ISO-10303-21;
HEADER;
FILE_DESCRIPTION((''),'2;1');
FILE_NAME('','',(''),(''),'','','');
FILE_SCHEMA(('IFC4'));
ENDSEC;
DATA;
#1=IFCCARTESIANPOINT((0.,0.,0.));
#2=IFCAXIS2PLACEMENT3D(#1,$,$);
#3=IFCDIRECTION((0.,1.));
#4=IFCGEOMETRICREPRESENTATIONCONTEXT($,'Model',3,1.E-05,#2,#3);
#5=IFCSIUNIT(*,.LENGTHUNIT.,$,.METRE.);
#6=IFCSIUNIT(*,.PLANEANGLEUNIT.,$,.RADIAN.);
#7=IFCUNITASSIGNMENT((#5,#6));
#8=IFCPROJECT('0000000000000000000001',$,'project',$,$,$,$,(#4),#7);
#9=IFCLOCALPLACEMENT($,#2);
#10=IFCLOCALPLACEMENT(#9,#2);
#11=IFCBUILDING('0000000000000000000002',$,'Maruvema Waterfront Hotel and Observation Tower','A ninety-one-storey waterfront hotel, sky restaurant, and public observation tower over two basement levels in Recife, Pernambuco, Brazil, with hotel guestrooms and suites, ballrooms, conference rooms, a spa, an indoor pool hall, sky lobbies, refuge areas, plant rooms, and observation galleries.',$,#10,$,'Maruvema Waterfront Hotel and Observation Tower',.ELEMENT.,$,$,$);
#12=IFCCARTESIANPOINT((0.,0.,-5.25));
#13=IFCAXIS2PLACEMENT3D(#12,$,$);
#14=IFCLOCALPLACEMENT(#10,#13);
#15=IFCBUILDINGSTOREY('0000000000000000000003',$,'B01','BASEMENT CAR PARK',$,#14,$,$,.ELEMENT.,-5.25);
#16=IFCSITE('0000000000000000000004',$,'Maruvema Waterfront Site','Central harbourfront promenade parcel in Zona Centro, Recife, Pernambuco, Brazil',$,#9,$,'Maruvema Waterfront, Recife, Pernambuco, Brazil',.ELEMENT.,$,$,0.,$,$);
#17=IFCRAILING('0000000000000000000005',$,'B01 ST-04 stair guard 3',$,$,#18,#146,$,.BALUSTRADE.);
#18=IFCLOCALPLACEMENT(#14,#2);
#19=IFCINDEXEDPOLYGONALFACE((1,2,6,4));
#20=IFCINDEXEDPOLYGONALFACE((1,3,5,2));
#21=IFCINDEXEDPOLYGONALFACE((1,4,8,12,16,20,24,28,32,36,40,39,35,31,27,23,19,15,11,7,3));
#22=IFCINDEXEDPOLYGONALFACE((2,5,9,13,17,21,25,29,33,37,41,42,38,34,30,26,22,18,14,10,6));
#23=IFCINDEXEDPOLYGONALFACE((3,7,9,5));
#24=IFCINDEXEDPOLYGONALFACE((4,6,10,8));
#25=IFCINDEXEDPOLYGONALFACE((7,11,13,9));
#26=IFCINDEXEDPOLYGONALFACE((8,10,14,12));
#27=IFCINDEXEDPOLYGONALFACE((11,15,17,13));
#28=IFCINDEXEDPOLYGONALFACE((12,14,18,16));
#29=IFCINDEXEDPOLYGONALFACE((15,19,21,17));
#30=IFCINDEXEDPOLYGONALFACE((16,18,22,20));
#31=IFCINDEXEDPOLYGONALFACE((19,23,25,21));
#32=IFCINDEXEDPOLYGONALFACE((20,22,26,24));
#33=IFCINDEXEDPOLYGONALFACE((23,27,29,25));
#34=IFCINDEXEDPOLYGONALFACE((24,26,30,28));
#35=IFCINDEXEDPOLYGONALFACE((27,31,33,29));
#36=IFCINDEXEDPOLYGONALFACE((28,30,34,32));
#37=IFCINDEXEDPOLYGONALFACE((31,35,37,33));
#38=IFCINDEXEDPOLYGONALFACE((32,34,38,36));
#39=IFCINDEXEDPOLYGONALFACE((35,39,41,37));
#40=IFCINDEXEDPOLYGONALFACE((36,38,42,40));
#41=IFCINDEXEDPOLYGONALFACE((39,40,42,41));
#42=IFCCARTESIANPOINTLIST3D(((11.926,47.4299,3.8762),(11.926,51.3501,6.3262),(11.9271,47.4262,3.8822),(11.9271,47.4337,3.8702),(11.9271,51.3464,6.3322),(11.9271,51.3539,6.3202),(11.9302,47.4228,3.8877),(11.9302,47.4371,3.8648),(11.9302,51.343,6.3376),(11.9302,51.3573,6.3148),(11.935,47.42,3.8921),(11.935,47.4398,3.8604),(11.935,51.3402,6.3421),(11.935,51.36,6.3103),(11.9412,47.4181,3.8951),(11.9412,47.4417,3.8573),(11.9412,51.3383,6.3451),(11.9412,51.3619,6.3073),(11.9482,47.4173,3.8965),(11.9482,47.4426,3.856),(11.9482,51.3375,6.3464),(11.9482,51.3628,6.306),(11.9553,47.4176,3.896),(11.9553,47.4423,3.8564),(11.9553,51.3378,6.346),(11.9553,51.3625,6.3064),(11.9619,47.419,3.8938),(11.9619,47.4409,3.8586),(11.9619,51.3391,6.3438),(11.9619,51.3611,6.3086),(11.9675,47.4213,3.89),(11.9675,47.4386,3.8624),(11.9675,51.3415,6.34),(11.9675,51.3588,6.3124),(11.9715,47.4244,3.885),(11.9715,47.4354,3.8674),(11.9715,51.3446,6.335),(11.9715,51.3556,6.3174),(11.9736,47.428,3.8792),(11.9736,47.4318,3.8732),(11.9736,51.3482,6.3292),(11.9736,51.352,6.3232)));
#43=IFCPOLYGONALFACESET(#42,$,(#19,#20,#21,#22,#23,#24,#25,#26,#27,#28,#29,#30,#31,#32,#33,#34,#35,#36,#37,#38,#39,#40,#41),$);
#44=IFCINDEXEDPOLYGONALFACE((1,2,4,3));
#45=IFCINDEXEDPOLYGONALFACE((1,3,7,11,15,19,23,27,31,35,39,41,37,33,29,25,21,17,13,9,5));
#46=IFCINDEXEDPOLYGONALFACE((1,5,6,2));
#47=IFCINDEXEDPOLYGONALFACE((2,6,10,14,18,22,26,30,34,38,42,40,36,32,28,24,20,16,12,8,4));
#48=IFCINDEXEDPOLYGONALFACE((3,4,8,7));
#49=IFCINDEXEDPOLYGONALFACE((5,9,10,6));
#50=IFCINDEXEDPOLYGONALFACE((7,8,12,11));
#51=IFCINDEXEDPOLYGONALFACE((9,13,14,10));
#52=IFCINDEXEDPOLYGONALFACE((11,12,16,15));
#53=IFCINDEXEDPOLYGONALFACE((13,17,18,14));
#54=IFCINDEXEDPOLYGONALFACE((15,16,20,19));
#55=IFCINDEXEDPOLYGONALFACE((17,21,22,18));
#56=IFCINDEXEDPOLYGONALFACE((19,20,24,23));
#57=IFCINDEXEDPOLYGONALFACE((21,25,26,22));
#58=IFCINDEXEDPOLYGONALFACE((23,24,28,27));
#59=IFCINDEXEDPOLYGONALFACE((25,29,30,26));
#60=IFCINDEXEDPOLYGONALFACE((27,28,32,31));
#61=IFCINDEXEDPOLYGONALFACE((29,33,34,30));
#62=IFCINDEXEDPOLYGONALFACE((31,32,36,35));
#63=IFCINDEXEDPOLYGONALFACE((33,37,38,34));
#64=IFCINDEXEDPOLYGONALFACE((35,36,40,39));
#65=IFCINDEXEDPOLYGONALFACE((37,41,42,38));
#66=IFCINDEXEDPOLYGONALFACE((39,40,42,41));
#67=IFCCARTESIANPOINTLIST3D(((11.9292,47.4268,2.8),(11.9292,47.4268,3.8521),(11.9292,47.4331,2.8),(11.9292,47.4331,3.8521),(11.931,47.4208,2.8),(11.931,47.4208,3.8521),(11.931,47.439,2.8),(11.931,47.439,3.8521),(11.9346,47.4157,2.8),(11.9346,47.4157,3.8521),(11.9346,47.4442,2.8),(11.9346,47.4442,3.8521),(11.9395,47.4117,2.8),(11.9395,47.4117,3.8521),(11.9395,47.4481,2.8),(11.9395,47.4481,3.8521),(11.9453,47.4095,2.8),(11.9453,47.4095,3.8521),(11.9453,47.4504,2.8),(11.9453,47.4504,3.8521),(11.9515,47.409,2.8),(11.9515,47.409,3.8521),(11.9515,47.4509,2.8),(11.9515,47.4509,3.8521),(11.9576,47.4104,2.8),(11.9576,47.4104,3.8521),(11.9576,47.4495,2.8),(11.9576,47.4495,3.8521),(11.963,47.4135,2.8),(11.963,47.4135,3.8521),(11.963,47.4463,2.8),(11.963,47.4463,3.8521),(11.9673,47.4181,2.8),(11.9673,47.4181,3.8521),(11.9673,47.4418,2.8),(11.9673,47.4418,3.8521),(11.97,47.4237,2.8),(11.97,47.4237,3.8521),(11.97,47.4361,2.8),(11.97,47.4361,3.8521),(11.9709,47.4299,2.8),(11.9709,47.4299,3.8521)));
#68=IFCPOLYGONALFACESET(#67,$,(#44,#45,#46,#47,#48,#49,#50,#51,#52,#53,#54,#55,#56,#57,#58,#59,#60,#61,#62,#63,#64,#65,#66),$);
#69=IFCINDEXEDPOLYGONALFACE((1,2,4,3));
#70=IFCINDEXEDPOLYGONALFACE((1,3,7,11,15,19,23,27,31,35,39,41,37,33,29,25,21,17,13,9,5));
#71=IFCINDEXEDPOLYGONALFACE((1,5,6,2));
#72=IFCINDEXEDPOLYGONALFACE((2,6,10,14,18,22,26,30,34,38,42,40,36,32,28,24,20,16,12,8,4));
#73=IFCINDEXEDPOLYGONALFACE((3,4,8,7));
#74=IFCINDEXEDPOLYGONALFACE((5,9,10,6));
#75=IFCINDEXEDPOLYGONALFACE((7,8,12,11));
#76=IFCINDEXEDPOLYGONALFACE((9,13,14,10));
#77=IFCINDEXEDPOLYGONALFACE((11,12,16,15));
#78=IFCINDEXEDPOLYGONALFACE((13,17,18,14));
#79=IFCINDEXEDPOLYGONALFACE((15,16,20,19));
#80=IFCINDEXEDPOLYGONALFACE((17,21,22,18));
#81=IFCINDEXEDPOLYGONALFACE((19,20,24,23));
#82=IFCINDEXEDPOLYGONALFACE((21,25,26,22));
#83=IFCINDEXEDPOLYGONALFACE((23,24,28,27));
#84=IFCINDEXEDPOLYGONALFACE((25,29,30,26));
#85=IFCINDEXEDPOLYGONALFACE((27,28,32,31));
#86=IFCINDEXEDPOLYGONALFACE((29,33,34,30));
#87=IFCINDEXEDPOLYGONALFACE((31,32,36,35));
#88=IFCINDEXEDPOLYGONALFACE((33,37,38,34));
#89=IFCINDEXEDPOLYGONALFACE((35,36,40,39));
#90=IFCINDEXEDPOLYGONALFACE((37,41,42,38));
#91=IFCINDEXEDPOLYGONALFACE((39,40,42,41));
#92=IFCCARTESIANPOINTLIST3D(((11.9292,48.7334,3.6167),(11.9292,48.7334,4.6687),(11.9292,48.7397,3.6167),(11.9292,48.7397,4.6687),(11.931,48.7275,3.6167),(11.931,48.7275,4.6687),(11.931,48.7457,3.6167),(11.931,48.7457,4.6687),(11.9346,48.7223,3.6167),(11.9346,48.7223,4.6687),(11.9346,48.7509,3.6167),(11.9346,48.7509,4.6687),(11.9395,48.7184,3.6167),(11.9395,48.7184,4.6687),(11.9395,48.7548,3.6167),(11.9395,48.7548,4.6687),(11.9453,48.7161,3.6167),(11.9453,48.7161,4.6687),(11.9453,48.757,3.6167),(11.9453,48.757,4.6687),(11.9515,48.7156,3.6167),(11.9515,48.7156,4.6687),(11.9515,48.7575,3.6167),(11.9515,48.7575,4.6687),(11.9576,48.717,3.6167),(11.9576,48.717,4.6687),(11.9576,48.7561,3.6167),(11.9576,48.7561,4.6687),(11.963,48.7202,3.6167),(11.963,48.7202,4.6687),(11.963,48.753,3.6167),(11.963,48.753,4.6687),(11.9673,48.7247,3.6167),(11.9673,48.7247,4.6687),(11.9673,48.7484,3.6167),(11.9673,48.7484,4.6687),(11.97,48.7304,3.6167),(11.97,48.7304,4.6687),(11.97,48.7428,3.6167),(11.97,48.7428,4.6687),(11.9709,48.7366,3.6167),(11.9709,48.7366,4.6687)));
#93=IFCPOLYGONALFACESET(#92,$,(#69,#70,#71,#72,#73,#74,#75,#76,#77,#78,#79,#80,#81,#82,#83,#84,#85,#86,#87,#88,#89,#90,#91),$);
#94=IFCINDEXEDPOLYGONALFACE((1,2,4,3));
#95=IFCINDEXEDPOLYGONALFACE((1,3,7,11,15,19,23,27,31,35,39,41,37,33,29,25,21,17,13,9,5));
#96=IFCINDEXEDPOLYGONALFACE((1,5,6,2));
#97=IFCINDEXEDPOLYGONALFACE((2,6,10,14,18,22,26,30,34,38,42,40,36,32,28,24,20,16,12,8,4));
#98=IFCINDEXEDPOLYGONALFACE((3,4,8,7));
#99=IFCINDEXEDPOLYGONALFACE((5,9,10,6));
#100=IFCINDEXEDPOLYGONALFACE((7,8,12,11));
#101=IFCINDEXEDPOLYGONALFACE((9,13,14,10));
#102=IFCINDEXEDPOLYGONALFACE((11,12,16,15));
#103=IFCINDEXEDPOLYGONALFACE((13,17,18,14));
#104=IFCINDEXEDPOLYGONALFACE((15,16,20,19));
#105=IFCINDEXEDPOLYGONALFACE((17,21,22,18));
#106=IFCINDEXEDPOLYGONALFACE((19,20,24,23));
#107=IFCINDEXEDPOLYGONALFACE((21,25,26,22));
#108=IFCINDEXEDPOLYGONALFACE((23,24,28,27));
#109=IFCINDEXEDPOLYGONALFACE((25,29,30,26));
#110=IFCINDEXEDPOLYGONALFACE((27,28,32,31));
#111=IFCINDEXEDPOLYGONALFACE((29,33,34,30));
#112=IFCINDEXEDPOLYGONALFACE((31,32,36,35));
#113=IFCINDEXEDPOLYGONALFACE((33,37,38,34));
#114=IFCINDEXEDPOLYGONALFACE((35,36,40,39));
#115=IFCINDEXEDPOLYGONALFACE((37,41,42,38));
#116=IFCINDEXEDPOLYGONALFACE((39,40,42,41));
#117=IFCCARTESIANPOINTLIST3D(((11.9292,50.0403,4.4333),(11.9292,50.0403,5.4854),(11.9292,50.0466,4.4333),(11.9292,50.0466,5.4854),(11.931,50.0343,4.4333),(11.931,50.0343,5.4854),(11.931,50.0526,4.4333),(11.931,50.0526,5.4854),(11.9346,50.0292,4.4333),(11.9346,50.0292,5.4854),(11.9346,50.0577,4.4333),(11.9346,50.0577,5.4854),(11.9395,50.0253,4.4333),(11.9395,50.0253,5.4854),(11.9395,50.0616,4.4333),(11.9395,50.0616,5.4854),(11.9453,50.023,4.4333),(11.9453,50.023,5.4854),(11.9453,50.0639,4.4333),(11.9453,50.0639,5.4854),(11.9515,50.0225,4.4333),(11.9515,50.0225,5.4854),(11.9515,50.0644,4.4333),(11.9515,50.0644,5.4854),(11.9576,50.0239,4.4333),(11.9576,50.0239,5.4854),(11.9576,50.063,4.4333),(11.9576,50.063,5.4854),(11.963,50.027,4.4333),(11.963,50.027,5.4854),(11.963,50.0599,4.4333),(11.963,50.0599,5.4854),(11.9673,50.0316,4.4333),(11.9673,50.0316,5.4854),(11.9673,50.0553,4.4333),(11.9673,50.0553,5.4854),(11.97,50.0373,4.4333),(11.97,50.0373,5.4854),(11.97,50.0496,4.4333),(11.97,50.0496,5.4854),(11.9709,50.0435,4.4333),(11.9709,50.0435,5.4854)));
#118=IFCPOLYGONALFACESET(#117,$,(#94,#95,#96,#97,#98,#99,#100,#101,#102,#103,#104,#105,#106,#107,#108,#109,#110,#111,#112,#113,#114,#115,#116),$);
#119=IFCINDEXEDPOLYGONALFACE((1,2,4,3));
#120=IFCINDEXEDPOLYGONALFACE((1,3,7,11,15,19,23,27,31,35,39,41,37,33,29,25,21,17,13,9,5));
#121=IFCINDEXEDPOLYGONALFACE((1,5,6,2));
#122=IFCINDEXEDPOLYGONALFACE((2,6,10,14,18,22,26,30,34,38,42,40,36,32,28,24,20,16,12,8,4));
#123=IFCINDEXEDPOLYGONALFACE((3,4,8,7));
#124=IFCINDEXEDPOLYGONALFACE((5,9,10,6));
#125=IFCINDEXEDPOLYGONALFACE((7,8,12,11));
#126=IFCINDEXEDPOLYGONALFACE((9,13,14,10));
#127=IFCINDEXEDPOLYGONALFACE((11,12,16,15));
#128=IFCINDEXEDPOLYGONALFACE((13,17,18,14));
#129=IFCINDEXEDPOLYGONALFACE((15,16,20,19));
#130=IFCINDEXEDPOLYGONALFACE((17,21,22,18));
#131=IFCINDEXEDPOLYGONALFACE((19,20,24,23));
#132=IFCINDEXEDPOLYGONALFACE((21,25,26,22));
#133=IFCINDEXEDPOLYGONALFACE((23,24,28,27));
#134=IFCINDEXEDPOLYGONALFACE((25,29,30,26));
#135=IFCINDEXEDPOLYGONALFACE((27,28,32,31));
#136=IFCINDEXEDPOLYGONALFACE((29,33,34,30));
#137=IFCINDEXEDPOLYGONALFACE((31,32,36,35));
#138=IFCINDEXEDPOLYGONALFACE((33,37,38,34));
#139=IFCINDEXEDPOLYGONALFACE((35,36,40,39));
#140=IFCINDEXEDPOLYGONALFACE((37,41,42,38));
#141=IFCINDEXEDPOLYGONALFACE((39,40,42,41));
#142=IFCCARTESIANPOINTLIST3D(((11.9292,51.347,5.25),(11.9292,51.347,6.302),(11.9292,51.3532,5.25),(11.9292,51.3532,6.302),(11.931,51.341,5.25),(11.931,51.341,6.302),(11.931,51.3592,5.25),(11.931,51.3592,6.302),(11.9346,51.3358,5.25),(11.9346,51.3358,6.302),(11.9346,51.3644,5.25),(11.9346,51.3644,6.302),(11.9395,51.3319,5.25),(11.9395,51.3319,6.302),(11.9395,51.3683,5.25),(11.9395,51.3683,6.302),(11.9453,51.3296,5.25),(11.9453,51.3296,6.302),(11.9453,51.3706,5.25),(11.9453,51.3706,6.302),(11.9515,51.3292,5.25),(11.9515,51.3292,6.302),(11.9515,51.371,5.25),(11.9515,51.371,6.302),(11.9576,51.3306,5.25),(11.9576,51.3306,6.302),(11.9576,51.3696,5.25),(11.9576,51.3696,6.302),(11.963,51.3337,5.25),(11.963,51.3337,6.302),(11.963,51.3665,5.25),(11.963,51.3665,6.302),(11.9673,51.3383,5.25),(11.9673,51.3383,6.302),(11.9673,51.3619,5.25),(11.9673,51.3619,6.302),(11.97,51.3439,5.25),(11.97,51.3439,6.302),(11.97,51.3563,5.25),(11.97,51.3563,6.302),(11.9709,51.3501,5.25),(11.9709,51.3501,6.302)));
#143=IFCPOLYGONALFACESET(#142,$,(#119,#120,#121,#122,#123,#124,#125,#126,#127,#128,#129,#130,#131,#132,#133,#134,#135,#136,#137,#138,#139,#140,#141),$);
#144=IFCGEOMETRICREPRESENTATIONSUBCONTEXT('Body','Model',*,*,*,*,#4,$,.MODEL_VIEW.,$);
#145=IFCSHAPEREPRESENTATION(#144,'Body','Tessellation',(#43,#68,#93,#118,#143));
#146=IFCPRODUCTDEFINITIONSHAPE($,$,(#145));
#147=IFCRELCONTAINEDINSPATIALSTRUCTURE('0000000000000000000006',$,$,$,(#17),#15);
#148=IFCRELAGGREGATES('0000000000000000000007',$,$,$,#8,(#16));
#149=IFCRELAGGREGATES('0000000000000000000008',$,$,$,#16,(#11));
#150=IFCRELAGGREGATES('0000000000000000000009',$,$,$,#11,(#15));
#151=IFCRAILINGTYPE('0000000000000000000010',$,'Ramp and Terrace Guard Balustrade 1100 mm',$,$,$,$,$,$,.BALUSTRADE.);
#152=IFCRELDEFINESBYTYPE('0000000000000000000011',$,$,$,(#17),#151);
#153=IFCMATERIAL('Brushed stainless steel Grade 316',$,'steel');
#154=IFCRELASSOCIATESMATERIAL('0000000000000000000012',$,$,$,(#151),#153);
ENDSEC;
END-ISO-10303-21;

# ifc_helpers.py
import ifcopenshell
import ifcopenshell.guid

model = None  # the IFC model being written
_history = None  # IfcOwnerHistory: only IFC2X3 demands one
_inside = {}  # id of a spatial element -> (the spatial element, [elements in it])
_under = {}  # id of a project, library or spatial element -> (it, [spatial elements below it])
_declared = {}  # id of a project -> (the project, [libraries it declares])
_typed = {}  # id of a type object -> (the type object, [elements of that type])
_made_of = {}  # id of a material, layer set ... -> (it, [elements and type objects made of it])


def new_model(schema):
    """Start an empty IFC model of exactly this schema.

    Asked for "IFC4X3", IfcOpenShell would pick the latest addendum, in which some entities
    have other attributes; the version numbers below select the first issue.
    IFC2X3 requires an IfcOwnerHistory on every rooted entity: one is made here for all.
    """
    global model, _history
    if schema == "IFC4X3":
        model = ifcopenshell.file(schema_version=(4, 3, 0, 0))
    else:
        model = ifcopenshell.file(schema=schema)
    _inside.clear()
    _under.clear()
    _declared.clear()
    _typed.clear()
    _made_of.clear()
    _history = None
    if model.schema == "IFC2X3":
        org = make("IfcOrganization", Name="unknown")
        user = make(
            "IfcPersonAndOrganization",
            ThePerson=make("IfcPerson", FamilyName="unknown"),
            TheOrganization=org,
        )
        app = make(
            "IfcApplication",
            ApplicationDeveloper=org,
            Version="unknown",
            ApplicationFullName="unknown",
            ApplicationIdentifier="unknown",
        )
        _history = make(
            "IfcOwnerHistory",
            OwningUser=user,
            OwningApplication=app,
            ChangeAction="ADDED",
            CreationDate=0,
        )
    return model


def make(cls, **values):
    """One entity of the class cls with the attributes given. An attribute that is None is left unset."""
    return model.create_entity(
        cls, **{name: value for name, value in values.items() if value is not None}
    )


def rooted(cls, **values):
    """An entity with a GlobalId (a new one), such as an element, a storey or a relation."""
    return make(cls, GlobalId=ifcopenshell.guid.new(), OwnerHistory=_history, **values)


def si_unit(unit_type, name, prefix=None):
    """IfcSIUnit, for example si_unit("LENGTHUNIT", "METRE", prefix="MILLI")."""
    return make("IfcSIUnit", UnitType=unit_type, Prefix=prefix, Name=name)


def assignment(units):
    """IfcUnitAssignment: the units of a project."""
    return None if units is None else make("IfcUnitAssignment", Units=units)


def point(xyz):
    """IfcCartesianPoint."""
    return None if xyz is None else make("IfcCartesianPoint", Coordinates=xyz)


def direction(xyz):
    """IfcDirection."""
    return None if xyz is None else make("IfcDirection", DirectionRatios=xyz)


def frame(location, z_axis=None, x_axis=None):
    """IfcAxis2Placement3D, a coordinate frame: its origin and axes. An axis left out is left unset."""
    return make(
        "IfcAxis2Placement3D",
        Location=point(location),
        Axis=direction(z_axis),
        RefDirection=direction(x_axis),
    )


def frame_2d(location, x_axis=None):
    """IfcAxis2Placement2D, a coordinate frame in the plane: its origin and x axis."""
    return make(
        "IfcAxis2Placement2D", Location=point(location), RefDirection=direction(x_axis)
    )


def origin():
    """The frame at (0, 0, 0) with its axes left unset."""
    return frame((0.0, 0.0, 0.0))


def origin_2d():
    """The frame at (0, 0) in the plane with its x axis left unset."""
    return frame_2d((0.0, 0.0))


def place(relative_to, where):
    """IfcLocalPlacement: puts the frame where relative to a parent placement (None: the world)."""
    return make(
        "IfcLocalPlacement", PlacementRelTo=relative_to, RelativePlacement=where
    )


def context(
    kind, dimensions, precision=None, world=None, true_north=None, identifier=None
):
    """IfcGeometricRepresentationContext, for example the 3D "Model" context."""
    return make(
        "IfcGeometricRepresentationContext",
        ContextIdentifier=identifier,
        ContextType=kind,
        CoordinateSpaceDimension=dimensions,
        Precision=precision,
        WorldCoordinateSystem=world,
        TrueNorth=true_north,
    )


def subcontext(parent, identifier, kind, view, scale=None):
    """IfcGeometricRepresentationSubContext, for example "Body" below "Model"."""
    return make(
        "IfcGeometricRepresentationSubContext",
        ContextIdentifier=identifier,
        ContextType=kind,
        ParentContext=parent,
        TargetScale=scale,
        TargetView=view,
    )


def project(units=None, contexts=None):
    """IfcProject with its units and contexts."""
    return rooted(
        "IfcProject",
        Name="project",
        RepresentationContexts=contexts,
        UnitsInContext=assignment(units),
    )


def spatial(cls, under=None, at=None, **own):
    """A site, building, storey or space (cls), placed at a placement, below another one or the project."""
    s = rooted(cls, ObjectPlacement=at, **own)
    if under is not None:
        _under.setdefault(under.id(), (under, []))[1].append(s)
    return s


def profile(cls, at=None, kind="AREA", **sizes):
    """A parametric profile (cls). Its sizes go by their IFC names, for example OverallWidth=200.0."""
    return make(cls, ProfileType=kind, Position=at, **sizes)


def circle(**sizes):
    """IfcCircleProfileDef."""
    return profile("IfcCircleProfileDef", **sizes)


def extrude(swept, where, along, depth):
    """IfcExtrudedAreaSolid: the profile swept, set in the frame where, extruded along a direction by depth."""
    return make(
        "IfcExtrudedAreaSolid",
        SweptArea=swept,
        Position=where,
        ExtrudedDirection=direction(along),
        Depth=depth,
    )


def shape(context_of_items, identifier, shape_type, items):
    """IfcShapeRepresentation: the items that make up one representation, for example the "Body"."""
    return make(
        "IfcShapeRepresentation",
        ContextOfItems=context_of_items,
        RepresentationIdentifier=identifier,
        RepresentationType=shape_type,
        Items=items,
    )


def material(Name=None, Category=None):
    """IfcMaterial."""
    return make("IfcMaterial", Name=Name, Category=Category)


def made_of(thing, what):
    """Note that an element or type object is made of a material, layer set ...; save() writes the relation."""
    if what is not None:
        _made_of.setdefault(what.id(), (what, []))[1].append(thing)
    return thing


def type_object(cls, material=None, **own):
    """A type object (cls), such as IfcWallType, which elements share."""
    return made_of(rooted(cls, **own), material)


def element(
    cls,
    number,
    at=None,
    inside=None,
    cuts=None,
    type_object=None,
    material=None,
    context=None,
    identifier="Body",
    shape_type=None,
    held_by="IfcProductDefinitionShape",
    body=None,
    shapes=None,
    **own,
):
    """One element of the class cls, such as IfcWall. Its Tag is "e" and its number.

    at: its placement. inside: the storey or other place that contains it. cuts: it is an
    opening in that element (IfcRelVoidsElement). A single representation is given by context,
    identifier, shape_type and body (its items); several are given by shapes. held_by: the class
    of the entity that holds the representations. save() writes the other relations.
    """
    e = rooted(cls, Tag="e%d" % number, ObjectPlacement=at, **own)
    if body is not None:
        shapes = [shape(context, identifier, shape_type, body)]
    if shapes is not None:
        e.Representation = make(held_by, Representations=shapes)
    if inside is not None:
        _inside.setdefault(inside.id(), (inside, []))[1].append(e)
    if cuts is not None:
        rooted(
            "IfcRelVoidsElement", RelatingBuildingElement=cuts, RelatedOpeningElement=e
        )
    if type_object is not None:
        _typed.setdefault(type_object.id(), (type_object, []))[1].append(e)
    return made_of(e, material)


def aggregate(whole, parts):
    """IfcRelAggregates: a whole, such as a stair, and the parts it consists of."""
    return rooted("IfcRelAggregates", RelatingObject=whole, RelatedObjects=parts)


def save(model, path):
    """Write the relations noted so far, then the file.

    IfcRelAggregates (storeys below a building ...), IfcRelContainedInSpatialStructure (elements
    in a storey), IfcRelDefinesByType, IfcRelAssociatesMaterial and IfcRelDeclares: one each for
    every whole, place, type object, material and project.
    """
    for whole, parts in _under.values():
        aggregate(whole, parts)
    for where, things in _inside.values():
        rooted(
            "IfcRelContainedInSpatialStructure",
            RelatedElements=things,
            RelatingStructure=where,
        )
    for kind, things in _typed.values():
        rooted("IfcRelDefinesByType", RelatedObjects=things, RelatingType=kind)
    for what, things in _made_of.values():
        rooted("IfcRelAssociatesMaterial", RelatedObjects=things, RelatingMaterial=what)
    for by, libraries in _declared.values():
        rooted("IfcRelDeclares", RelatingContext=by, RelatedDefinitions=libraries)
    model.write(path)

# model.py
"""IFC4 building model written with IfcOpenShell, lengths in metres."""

from ifc_helpers import new_model, si_unit, direction, frame, origin, origin_2d, place, context, subcontext, project, spatial, circle, extrude, material, type_object, element, save


model = new_model("IFC4")

# Units and contexts
model_context = context("Model", 3, precision=1e-05, world=origin(), true_north=direction((0.0, 1.0)))
body_context = subcontext(model_context, "Body", "Model", "MODEL_VIEW")
ifc_project = project(units=[si_unit("LENGTHUNIT", "METRE"), si_unit("PLANEANGLEUNIT", "RADIAN")], contexts=[model_context])

# Site, building, storey
site_placement = place(None, origin())
site = spatial("IfcSite", under=ifc_project, at=site_placement, Name="Maruvema Waterfront Site", Description="Central harbourfront promenade parcel in Zona Centro, Recife, Pernambuco, Brazil", LongName="Maruvema Waterfront, Recife, Pernambuco, Brazil", CompositionType="ELEMENT", RefElevation=0.0)
building_placement = place(site_placement, origin())
building = spatial("IfcBuilding", under=site, at=building_placement, Name="Maruvema Waterfront Hotel and Observation Tower", Description="A ninety-one-storey waterfront hotel, sky restaurant, and public observation tower over two basement levels in Recife, Pernambuco, Brazil, with hotel guestrooms and suites, ballrooms, conference rooms, a spa, an indoor pool hall, sky lobbies, refuge areas, plant rooms, and observation galleries.", LongName="Maruvema Waterfront Hotel and Observation Tower", CompositionType="ELEMENT")
storey_placement = place(building_placement, frame((0.0, 0.0, -5.25)))
storey = spatial("IfcBuildingStorey", under=building, at=storey_placement, Name="B01", Description="BASEMENT CAR PARK", CompositionType="ELEMENT", Elevation=-5.25)

# Railing
ifc_material_1 = material(Name="Brushed stainless steel Grade 316", Category="steel")
railing_type_1 = type_object("IfcRailingType", Name="Ramp and Terrace Guard Balustrade 1100 mm", PredefinedType="BALUSTRADE", material=ifc_material_1)
railing_1_placement = place(storey_placement, frame((11.95, 47.4299, 2.8)))
element("IfcRailing", 1, at=railing_1_placement, inside=storey, type_object=railing_type_1, Name="B01 ST-04 stair guard 3", PredefinedType="BALUSTRADE", context=body_context, shape_type="SweptSolid", body=[
    extrude(circle(Radius=0.0239, at=origin_2d()), frame((0.0, 0.0, 1.0762), z_axis=(0.0, 0.848013, 0.529975), x_axis=(-1.0, 0.0, 0.0)), (0.0, 0.0, 1.0), 4.6228),
    extrude(circle(Radius=0.021, at=origin_2d()), origin(), (0.0, 0.0, 1.0), 1.052),
    extrude(circle(Radius=0.021, at=origin_2d()), frame((0.0, 1.3066, 0.8167)), (0.0, 0.0, 1.0), 1.052),
    extrude(circle(Radius=0.021, at=origin_2d()), frame((0.0, 2.6135, 1.6333)), (0.0, 0.0, 1.0), 1.052),
    extrude(circle(Radius=0.021, at=origin_2d()), frame((0.0, 3.9202, 2.45)), (0.0, 0.0, 1.0), 1.052),
])

save(model, "model.ifc")
